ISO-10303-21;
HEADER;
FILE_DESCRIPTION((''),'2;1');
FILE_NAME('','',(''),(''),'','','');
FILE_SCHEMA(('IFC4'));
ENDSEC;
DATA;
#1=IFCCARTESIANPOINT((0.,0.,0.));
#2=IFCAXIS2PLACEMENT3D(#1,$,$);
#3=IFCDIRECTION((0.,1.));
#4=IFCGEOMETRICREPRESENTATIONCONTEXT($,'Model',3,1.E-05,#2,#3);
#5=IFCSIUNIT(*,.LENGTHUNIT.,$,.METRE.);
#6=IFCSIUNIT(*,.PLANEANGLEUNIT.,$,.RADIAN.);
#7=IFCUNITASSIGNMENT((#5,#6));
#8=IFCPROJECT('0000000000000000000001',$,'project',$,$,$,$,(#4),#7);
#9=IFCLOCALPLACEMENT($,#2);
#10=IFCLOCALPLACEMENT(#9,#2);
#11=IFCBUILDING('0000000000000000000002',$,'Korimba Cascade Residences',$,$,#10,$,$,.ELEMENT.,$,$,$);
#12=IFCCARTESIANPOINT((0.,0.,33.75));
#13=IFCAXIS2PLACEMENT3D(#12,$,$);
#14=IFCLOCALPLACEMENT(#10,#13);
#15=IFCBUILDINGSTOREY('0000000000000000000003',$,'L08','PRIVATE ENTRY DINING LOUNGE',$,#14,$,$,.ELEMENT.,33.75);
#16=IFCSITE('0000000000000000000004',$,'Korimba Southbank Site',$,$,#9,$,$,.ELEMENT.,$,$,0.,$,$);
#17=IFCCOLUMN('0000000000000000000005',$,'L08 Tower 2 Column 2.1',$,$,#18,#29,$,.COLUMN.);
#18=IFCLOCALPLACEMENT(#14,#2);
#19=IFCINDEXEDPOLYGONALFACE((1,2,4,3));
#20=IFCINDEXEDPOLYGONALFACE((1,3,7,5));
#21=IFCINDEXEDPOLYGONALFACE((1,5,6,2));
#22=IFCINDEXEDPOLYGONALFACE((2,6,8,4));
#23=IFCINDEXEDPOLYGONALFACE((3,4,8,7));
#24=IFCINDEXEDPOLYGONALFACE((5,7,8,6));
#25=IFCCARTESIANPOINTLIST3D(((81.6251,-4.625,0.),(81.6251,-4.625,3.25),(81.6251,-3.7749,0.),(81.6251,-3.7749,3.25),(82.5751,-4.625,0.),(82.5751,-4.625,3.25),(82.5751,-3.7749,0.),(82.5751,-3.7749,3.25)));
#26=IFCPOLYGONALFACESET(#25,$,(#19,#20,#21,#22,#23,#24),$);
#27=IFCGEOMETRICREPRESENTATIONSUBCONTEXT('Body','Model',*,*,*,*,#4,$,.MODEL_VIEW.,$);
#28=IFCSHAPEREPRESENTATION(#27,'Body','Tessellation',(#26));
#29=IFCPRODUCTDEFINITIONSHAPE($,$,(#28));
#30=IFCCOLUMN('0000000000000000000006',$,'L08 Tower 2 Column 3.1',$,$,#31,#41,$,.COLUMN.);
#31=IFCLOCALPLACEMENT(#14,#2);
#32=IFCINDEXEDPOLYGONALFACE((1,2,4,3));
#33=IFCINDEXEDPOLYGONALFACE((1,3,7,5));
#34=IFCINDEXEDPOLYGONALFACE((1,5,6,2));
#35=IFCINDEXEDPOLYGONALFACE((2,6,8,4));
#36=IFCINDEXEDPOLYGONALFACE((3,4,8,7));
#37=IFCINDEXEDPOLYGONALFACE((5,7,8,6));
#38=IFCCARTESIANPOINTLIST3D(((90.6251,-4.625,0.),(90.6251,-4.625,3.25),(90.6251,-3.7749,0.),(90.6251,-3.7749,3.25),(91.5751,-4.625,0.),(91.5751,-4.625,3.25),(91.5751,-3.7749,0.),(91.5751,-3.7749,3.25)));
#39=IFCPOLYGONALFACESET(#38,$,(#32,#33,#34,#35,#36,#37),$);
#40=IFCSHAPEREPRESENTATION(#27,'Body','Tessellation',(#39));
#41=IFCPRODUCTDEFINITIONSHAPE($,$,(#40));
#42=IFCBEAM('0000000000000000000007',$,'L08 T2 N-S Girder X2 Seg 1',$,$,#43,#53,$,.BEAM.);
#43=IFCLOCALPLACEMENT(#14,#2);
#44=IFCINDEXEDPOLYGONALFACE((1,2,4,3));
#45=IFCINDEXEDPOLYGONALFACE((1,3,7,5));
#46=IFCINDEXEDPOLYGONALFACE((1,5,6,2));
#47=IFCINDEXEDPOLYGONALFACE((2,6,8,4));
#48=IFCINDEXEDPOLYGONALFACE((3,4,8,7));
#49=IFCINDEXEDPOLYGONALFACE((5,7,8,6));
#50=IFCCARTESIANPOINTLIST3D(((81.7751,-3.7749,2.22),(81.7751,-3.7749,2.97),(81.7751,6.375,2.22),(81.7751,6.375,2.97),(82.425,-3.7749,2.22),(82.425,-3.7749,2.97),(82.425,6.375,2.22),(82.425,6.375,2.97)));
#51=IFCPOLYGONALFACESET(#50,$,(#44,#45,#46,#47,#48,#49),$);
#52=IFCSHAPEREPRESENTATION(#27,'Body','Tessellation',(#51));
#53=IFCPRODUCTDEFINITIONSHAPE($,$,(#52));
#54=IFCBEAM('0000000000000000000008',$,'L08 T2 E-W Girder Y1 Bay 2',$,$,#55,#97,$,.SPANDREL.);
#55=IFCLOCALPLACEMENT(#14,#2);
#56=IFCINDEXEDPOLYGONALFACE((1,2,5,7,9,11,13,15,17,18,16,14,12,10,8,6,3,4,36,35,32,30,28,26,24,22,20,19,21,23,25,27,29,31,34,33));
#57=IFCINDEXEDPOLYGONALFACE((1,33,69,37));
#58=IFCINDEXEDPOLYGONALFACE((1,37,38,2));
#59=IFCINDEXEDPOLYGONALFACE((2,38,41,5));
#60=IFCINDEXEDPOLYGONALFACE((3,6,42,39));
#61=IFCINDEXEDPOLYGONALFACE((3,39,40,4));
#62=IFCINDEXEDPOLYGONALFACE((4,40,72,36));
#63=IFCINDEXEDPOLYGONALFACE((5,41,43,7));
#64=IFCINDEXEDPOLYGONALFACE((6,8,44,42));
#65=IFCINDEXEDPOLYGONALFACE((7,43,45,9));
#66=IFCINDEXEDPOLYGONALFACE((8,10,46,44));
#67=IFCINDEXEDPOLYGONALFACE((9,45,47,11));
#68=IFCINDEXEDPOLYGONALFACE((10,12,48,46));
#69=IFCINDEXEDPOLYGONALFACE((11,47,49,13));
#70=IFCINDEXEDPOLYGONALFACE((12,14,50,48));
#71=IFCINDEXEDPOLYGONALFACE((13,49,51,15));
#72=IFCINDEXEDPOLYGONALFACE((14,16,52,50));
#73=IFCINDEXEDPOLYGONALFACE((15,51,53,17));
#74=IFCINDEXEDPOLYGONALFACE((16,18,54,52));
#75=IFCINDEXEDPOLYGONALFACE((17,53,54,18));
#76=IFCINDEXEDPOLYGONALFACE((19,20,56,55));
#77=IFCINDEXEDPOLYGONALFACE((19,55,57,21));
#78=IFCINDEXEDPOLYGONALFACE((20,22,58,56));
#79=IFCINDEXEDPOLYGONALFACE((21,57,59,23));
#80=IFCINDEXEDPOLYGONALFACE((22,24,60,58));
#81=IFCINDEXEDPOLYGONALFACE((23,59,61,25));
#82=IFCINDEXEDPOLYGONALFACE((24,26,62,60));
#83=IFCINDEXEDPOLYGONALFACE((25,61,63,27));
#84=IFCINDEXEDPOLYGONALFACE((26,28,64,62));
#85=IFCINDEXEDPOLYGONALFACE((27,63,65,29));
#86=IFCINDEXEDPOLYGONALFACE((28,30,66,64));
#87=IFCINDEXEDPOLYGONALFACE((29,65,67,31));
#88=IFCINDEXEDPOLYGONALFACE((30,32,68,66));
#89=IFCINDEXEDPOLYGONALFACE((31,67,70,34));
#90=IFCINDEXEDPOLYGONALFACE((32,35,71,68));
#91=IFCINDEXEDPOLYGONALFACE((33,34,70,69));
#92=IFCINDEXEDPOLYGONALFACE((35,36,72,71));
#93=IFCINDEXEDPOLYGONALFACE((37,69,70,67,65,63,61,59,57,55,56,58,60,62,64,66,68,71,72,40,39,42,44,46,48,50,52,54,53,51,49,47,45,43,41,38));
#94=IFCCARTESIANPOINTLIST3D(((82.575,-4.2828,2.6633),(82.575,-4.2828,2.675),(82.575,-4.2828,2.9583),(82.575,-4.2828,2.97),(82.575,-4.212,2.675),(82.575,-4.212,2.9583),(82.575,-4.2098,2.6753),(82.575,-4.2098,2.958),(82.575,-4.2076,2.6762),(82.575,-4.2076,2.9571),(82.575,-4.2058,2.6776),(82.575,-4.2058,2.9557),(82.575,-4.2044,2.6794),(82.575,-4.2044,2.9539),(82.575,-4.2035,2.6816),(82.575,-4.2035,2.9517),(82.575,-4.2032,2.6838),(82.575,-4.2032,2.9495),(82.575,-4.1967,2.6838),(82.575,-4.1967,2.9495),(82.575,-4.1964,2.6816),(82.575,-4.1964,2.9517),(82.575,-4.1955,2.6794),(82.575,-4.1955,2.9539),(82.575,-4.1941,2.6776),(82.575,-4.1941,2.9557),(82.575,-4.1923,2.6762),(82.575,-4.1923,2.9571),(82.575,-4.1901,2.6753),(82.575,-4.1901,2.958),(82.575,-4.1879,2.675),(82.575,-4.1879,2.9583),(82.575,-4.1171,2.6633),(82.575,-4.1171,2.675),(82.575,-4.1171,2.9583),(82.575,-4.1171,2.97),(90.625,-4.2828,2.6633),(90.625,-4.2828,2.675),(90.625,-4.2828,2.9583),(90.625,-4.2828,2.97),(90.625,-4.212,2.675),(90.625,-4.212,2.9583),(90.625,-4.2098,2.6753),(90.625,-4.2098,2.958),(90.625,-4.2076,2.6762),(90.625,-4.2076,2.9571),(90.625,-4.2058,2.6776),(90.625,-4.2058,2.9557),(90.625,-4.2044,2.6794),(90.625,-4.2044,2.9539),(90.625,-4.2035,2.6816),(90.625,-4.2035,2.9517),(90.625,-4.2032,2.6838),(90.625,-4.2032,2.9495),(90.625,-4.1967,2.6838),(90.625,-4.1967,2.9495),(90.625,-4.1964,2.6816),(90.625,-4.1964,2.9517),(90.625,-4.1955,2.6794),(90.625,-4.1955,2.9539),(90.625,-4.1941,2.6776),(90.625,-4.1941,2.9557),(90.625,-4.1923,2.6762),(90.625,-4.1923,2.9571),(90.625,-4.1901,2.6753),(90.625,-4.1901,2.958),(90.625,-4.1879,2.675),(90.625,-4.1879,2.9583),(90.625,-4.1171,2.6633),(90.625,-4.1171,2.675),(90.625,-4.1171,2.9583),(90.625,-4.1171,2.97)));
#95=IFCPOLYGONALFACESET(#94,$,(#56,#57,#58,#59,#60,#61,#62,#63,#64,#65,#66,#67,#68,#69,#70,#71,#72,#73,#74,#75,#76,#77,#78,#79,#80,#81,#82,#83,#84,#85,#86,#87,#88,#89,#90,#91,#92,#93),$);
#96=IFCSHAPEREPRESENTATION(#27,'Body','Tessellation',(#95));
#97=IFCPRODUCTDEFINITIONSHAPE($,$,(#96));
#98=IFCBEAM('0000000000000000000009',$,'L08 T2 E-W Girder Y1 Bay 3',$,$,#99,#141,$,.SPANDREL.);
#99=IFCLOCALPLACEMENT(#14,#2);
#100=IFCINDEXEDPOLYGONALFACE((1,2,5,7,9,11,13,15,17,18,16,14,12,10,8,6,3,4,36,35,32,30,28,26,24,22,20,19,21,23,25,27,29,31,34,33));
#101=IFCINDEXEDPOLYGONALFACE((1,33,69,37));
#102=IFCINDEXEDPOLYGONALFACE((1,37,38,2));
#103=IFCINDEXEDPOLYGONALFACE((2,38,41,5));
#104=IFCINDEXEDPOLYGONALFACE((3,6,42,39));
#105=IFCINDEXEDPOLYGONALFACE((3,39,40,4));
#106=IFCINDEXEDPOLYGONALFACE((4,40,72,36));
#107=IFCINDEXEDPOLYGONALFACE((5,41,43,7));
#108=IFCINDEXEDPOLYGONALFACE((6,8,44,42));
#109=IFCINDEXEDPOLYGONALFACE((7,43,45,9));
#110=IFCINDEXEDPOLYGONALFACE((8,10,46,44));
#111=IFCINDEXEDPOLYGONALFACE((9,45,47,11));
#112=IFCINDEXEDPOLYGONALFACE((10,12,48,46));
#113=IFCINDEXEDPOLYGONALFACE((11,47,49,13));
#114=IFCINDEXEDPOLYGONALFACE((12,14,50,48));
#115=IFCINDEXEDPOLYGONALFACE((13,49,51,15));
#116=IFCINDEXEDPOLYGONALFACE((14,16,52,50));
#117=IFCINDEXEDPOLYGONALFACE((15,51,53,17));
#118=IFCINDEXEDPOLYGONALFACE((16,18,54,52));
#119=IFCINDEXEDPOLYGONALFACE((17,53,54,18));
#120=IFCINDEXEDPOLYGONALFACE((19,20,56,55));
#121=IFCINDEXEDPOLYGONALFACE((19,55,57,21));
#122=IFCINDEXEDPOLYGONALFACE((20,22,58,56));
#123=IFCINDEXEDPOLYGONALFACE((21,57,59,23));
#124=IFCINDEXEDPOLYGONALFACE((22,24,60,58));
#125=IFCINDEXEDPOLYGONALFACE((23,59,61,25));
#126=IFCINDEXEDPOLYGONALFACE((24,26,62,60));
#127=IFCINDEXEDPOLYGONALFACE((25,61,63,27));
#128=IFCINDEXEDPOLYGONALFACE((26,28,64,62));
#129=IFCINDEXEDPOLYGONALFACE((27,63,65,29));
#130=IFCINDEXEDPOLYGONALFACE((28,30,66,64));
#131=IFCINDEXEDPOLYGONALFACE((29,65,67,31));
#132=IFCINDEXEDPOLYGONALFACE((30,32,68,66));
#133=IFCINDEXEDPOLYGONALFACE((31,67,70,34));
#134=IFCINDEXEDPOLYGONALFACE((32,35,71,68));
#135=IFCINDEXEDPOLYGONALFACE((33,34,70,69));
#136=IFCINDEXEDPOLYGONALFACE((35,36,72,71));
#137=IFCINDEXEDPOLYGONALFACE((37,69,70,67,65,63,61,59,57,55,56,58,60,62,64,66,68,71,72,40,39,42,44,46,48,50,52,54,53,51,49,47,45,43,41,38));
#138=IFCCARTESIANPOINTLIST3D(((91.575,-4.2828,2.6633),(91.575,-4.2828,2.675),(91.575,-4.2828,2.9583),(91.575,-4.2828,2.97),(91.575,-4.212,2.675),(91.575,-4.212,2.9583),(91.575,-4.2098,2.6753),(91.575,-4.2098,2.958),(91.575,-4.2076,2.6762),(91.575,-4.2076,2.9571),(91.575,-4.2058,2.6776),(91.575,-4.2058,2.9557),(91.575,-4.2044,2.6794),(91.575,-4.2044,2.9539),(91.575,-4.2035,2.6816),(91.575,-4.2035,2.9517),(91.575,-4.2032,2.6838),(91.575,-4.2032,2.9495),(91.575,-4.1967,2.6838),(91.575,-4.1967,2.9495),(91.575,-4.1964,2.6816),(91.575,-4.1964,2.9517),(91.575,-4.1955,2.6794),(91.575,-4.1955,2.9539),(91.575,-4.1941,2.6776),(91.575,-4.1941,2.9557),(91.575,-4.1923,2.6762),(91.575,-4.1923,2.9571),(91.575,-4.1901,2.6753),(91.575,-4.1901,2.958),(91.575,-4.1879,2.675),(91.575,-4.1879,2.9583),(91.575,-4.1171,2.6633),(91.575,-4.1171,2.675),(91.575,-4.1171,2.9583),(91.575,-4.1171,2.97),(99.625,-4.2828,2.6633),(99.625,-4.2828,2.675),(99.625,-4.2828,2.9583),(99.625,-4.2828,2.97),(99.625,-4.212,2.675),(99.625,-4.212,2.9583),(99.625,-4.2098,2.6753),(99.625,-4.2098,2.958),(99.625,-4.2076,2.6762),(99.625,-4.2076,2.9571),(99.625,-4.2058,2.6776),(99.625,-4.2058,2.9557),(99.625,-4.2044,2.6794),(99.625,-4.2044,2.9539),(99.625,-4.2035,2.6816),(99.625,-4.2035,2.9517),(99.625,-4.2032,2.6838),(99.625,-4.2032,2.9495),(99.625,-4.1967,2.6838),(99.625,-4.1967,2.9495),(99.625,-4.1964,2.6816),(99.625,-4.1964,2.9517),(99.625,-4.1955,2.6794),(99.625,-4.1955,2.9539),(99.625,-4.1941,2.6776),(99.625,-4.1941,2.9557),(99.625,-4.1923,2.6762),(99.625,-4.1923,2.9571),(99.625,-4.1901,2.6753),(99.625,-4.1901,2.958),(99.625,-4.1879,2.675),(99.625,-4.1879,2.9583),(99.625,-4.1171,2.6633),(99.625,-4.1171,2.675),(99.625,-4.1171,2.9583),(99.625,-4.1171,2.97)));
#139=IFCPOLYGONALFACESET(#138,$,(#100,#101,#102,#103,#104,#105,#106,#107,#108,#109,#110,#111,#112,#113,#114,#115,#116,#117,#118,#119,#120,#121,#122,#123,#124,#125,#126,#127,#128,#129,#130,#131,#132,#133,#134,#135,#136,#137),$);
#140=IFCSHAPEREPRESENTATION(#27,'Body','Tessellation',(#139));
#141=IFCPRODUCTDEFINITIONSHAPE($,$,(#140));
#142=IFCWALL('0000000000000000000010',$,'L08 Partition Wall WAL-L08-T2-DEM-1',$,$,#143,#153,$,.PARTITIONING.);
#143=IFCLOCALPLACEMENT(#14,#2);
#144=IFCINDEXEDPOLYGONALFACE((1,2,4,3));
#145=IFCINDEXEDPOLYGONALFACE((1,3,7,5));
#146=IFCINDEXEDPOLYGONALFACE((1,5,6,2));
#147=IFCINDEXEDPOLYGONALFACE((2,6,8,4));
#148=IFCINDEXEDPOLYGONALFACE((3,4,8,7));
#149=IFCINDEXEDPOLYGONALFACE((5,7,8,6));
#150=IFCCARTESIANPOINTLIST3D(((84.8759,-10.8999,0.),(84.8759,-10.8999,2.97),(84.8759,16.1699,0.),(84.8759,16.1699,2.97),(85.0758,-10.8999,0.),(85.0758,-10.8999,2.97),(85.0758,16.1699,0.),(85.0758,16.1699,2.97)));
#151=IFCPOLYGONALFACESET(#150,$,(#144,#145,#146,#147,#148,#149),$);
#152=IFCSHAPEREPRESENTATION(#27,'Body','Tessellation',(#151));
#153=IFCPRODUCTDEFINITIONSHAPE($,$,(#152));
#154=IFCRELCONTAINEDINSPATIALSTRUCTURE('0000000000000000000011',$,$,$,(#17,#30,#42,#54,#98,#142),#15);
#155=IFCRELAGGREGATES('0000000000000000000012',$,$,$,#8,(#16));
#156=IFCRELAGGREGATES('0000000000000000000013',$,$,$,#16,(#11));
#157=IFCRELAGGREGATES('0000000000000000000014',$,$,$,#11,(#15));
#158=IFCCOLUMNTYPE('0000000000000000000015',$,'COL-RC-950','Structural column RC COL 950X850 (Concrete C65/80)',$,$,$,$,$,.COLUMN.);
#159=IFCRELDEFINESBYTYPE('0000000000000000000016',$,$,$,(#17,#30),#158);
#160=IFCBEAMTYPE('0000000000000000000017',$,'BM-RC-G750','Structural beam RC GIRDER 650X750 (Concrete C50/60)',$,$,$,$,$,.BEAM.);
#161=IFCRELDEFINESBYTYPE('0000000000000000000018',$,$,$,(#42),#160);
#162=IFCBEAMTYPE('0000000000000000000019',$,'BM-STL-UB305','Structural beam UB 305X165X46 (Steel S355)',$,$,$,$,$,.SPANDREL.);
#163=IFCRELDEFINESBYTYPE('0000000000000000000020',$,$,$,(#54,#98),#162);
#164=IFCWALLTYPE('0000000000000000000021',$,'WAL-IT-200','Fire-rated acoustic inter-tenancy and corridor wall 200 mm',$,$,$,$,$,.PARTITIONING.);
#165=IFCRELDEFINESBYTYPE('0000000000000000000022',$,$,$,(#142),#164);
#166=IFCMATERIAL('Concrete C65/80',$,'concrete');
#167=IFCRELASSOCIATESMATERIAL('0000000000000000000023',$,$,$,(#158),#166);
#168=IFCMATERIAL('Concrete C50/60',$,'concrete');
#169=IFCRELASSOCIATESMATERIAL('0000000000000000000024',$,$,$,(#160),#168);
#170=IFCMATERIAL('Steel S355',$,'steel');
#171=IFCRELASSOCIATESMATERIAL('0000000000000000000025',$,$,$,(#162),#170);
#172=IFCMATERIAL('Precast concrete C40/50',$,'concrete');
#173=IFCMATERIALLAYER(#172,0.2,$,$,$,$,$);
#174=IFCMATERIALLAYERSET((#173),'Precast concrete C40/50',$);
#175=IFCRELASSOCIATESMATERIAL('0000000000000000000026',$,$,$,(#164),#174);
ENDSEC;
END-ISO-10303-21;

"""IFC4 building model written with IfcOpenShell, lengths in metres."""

from ifc_helpers import new_model, si_unit, direction, frame, frame_2d, origin, origin_2d, place, context, subcontext, project, spatial, rectangle, i_section, extrude, material, layer, layer_set, material_profile, profile_set, type_object, element, save


model = new_model("IFC4")

# Units and contexts
model_context = context("Model", 3, precision=1e-05, world=origin(), true_north=direction((0.0, 1.0)))
body_context = subcontext(model_context, "Body", "Model", "MODEL_VIEW")
ifc_project = project(units=[si_unit("LENGTHUNIT", "METRE"), si_unit("PLANEANGLEUNIT", "RADIAN")], contexts=[model_context])

# Site, building, storey
site_placement = place(None, origin())
site = spatial("IfcSite", under=ifc_project, at=site_placement, Name="Korimba Southbank Site", CompositionType="ELEMENT", RefElevation=0.0)
building_placement = place(site_placement, origin())
building = spatial("IfcBuilding", under=site, at=building_placement, Name="Korimba Cascade Residences", CompositionType="ELEMENT")
storey_placement = place(building_placement, frame((0.0, 0.0, 33.75)))
storey = spatial("IfcBuildingStorey", under=building, at=storey_placement, Name="L08", Description="PRIVATE ENTRY DINING LOUNGE", CompositionType="ELEMENT", Elevation=33.75)

# Columns
ifc_material_1 = material(Name="Concrete C65/80", Category="concrete")
ifc_material_profile_1 = material_profile(ifc_material_1, rectangle(XDim=0.95, YDim=0.8501, at=origin_2d()), Name="Concrete C65/80")
ifc_profile_set_1 = profile_set([ifc_material_profile_1], Name="Concrete C65/80")
column_type = type_object("IfcColumnType", Name="COL-RC-950", Description="Structural column RC COL 950X850 (Concrete C65/80)", PredefinedType="COLUMN", material=ifc_profile_set_1)
for number, where, z_axis, x_axis, name in (
    (1, (82.1001, -4.2, 0.0), (0.0, 0.0, 1.0), (1.0, 0.0, 0.0), "L08 Tower 2 Column 2.1"),
    (2, (91.1001, -4.2, 0.0), (0.0, 0.0, 1.0), (1.0, 0.0, 0.0), "L08 Tower 2 Column 3.1"),
):
    element("IfcColumn", number, at=place(storey_placement, frame(where, z_axis=z_axis, x_axis=x_axis)), inside=storey, type_object=column_type, Name=name, PredefinedType="COLUMN", context=body_context, shape_type="SweptSolid", body=[
        extrude(rectangle(XDim=0.95, YDim=0.8501, at=origin_2d()), origin(), (0.0, 0.0, 1.0), 3.25),
    ])

# Beams
ifc_material_2 = material(Name="Concrete C50/60", Category="concrete")
ifc_material_profile_2 = material_profile(ifc_material_2, rectangle(XDim=0.6499, YDim=0.75, at=origin_2d()), Name="Concrete C50/60")
ifc_profile_set_2 = profile_set([ifc_material_profile_2], Name="Concrete C50/60")
beam_type_1 = type_object("IfcBeamType", Name="BM-RC-G750", Description="Structural beam RC GIRDER 650X750 (Concrete C50/60)", PredefinedType="BEAM", material=ifc_profile_set_2)
beam_placement = place(storey_placement, frame((82.1001, -3.7749, 2.595), z_axis=(0.0, 1.0, 0.0), x_axis=(-1.0, 0.0, 0.0)))
element("IfcBeam", 3, at=beam_placement, inside=storey, type_object=beam_type_1, Name="L08 T2 N-S Girder X2 Seg 1", PredefinedType="BEAM", context=body_context, shape_type="SweptSolid", body=[
    extrude(rectangle(XDim=0.6499, YDim=0.75, at=origin_2d()), origin(), (0.0, 0.0, 1.0), 10.1499),
])
ifc_material_3 = material(Name="Steel S355", Category="steel")
ifc_material_profile_3 = material_profile(ifc_material_3, i_section(OverallWidth=0.1658, OverallDepth=0.3066, WebThickness=0.0066, FlangeThickness=0.0117, FilletRadius=0.0088, at=origin_2d()), Name="Steel S355")
ifc_profile_set_3 = profile_set([ifc_material_profile_3], Name="Steel S355")
beam_type_2 = type_object("IfcBeamType", Name="BM-STL-UB305", Description="Structural beam UB 305X165X46 (Steel S355)", PredefinedType="SPANDREL", material=ifc_profile_set_3)
for number, where, z_axis, x_axis, name in (
    (4, (82.575, -4.2, 2.8167), (1.0, 0.0, 0.0), (0.0, 1.0, 0.0), "L08 T2 E-W Girder Y1 Bay 2"),
    (5, (91.575, -4.2, 2.8167), (1.0, 0.0, 0.0), (0.0, 1.0, 0.0), "L08 T2 E-W Girder Y1 Bay 3"),
):
    element("IfcBeam", number, at=place(storey_placement, frame(where, z_axis=z_axis, x_axis=x_axis)), inside=storey, type_object=beam_type_2, Name=name, PredefinedType="SPANDREL", context=body_context, shape_type="SweptSolid", body=[
        extrude(i_section(OverallWidth=0.1658, OverallDepth=0.3066, WebThickness=0.0066, FlangeThickness=0.0117, FilletRadius=0.0088, at=origin_2d()), origin(), (0.0, 0.0, 1.0), 8.05),
    ])

# Wall
ifc_material_4 = material(Name="Precast concrete C40/50", Category="concrete")
ifc_layer_1 = layer(ifc_material_4, 0.2)
ifc_layer_set_1 = layer_set([ifc_layer_1], Name="Precast concrete C40/50")
wall_type_1 = type_object("IfcWallType", Name="WAL-IT-200", Description="Fire-rated acoustic inter-tenancy and corridor wall 200 mm", PredefinedType="PARTITIONING", material=ifc_layer_set_1)
wall_1_placement = place(storey_placement, frame((84.9758, -10.8999, 0.0), z_axis=(0.0, 0.0, 1.0), x_axis=(0.0, 1.0, 0.0)))
element("IfcWall", 6, at=wall_1_placement, inside=storey, type_object=wall_type_1, Name="L08 Partition Wall WAL-L08-T2-DEM-1", PredefinedType="PARTITIONING", context=body_context, shape_type="SweptSolid", body=[
    extrude(rectangle(XDim=27.0698, YDim=0.2, at=frame_2d((13.5349, 0.0))), origin(), (0.0, 0.0, 1.0), 2.97),
])

save(model, "model.ifc")
